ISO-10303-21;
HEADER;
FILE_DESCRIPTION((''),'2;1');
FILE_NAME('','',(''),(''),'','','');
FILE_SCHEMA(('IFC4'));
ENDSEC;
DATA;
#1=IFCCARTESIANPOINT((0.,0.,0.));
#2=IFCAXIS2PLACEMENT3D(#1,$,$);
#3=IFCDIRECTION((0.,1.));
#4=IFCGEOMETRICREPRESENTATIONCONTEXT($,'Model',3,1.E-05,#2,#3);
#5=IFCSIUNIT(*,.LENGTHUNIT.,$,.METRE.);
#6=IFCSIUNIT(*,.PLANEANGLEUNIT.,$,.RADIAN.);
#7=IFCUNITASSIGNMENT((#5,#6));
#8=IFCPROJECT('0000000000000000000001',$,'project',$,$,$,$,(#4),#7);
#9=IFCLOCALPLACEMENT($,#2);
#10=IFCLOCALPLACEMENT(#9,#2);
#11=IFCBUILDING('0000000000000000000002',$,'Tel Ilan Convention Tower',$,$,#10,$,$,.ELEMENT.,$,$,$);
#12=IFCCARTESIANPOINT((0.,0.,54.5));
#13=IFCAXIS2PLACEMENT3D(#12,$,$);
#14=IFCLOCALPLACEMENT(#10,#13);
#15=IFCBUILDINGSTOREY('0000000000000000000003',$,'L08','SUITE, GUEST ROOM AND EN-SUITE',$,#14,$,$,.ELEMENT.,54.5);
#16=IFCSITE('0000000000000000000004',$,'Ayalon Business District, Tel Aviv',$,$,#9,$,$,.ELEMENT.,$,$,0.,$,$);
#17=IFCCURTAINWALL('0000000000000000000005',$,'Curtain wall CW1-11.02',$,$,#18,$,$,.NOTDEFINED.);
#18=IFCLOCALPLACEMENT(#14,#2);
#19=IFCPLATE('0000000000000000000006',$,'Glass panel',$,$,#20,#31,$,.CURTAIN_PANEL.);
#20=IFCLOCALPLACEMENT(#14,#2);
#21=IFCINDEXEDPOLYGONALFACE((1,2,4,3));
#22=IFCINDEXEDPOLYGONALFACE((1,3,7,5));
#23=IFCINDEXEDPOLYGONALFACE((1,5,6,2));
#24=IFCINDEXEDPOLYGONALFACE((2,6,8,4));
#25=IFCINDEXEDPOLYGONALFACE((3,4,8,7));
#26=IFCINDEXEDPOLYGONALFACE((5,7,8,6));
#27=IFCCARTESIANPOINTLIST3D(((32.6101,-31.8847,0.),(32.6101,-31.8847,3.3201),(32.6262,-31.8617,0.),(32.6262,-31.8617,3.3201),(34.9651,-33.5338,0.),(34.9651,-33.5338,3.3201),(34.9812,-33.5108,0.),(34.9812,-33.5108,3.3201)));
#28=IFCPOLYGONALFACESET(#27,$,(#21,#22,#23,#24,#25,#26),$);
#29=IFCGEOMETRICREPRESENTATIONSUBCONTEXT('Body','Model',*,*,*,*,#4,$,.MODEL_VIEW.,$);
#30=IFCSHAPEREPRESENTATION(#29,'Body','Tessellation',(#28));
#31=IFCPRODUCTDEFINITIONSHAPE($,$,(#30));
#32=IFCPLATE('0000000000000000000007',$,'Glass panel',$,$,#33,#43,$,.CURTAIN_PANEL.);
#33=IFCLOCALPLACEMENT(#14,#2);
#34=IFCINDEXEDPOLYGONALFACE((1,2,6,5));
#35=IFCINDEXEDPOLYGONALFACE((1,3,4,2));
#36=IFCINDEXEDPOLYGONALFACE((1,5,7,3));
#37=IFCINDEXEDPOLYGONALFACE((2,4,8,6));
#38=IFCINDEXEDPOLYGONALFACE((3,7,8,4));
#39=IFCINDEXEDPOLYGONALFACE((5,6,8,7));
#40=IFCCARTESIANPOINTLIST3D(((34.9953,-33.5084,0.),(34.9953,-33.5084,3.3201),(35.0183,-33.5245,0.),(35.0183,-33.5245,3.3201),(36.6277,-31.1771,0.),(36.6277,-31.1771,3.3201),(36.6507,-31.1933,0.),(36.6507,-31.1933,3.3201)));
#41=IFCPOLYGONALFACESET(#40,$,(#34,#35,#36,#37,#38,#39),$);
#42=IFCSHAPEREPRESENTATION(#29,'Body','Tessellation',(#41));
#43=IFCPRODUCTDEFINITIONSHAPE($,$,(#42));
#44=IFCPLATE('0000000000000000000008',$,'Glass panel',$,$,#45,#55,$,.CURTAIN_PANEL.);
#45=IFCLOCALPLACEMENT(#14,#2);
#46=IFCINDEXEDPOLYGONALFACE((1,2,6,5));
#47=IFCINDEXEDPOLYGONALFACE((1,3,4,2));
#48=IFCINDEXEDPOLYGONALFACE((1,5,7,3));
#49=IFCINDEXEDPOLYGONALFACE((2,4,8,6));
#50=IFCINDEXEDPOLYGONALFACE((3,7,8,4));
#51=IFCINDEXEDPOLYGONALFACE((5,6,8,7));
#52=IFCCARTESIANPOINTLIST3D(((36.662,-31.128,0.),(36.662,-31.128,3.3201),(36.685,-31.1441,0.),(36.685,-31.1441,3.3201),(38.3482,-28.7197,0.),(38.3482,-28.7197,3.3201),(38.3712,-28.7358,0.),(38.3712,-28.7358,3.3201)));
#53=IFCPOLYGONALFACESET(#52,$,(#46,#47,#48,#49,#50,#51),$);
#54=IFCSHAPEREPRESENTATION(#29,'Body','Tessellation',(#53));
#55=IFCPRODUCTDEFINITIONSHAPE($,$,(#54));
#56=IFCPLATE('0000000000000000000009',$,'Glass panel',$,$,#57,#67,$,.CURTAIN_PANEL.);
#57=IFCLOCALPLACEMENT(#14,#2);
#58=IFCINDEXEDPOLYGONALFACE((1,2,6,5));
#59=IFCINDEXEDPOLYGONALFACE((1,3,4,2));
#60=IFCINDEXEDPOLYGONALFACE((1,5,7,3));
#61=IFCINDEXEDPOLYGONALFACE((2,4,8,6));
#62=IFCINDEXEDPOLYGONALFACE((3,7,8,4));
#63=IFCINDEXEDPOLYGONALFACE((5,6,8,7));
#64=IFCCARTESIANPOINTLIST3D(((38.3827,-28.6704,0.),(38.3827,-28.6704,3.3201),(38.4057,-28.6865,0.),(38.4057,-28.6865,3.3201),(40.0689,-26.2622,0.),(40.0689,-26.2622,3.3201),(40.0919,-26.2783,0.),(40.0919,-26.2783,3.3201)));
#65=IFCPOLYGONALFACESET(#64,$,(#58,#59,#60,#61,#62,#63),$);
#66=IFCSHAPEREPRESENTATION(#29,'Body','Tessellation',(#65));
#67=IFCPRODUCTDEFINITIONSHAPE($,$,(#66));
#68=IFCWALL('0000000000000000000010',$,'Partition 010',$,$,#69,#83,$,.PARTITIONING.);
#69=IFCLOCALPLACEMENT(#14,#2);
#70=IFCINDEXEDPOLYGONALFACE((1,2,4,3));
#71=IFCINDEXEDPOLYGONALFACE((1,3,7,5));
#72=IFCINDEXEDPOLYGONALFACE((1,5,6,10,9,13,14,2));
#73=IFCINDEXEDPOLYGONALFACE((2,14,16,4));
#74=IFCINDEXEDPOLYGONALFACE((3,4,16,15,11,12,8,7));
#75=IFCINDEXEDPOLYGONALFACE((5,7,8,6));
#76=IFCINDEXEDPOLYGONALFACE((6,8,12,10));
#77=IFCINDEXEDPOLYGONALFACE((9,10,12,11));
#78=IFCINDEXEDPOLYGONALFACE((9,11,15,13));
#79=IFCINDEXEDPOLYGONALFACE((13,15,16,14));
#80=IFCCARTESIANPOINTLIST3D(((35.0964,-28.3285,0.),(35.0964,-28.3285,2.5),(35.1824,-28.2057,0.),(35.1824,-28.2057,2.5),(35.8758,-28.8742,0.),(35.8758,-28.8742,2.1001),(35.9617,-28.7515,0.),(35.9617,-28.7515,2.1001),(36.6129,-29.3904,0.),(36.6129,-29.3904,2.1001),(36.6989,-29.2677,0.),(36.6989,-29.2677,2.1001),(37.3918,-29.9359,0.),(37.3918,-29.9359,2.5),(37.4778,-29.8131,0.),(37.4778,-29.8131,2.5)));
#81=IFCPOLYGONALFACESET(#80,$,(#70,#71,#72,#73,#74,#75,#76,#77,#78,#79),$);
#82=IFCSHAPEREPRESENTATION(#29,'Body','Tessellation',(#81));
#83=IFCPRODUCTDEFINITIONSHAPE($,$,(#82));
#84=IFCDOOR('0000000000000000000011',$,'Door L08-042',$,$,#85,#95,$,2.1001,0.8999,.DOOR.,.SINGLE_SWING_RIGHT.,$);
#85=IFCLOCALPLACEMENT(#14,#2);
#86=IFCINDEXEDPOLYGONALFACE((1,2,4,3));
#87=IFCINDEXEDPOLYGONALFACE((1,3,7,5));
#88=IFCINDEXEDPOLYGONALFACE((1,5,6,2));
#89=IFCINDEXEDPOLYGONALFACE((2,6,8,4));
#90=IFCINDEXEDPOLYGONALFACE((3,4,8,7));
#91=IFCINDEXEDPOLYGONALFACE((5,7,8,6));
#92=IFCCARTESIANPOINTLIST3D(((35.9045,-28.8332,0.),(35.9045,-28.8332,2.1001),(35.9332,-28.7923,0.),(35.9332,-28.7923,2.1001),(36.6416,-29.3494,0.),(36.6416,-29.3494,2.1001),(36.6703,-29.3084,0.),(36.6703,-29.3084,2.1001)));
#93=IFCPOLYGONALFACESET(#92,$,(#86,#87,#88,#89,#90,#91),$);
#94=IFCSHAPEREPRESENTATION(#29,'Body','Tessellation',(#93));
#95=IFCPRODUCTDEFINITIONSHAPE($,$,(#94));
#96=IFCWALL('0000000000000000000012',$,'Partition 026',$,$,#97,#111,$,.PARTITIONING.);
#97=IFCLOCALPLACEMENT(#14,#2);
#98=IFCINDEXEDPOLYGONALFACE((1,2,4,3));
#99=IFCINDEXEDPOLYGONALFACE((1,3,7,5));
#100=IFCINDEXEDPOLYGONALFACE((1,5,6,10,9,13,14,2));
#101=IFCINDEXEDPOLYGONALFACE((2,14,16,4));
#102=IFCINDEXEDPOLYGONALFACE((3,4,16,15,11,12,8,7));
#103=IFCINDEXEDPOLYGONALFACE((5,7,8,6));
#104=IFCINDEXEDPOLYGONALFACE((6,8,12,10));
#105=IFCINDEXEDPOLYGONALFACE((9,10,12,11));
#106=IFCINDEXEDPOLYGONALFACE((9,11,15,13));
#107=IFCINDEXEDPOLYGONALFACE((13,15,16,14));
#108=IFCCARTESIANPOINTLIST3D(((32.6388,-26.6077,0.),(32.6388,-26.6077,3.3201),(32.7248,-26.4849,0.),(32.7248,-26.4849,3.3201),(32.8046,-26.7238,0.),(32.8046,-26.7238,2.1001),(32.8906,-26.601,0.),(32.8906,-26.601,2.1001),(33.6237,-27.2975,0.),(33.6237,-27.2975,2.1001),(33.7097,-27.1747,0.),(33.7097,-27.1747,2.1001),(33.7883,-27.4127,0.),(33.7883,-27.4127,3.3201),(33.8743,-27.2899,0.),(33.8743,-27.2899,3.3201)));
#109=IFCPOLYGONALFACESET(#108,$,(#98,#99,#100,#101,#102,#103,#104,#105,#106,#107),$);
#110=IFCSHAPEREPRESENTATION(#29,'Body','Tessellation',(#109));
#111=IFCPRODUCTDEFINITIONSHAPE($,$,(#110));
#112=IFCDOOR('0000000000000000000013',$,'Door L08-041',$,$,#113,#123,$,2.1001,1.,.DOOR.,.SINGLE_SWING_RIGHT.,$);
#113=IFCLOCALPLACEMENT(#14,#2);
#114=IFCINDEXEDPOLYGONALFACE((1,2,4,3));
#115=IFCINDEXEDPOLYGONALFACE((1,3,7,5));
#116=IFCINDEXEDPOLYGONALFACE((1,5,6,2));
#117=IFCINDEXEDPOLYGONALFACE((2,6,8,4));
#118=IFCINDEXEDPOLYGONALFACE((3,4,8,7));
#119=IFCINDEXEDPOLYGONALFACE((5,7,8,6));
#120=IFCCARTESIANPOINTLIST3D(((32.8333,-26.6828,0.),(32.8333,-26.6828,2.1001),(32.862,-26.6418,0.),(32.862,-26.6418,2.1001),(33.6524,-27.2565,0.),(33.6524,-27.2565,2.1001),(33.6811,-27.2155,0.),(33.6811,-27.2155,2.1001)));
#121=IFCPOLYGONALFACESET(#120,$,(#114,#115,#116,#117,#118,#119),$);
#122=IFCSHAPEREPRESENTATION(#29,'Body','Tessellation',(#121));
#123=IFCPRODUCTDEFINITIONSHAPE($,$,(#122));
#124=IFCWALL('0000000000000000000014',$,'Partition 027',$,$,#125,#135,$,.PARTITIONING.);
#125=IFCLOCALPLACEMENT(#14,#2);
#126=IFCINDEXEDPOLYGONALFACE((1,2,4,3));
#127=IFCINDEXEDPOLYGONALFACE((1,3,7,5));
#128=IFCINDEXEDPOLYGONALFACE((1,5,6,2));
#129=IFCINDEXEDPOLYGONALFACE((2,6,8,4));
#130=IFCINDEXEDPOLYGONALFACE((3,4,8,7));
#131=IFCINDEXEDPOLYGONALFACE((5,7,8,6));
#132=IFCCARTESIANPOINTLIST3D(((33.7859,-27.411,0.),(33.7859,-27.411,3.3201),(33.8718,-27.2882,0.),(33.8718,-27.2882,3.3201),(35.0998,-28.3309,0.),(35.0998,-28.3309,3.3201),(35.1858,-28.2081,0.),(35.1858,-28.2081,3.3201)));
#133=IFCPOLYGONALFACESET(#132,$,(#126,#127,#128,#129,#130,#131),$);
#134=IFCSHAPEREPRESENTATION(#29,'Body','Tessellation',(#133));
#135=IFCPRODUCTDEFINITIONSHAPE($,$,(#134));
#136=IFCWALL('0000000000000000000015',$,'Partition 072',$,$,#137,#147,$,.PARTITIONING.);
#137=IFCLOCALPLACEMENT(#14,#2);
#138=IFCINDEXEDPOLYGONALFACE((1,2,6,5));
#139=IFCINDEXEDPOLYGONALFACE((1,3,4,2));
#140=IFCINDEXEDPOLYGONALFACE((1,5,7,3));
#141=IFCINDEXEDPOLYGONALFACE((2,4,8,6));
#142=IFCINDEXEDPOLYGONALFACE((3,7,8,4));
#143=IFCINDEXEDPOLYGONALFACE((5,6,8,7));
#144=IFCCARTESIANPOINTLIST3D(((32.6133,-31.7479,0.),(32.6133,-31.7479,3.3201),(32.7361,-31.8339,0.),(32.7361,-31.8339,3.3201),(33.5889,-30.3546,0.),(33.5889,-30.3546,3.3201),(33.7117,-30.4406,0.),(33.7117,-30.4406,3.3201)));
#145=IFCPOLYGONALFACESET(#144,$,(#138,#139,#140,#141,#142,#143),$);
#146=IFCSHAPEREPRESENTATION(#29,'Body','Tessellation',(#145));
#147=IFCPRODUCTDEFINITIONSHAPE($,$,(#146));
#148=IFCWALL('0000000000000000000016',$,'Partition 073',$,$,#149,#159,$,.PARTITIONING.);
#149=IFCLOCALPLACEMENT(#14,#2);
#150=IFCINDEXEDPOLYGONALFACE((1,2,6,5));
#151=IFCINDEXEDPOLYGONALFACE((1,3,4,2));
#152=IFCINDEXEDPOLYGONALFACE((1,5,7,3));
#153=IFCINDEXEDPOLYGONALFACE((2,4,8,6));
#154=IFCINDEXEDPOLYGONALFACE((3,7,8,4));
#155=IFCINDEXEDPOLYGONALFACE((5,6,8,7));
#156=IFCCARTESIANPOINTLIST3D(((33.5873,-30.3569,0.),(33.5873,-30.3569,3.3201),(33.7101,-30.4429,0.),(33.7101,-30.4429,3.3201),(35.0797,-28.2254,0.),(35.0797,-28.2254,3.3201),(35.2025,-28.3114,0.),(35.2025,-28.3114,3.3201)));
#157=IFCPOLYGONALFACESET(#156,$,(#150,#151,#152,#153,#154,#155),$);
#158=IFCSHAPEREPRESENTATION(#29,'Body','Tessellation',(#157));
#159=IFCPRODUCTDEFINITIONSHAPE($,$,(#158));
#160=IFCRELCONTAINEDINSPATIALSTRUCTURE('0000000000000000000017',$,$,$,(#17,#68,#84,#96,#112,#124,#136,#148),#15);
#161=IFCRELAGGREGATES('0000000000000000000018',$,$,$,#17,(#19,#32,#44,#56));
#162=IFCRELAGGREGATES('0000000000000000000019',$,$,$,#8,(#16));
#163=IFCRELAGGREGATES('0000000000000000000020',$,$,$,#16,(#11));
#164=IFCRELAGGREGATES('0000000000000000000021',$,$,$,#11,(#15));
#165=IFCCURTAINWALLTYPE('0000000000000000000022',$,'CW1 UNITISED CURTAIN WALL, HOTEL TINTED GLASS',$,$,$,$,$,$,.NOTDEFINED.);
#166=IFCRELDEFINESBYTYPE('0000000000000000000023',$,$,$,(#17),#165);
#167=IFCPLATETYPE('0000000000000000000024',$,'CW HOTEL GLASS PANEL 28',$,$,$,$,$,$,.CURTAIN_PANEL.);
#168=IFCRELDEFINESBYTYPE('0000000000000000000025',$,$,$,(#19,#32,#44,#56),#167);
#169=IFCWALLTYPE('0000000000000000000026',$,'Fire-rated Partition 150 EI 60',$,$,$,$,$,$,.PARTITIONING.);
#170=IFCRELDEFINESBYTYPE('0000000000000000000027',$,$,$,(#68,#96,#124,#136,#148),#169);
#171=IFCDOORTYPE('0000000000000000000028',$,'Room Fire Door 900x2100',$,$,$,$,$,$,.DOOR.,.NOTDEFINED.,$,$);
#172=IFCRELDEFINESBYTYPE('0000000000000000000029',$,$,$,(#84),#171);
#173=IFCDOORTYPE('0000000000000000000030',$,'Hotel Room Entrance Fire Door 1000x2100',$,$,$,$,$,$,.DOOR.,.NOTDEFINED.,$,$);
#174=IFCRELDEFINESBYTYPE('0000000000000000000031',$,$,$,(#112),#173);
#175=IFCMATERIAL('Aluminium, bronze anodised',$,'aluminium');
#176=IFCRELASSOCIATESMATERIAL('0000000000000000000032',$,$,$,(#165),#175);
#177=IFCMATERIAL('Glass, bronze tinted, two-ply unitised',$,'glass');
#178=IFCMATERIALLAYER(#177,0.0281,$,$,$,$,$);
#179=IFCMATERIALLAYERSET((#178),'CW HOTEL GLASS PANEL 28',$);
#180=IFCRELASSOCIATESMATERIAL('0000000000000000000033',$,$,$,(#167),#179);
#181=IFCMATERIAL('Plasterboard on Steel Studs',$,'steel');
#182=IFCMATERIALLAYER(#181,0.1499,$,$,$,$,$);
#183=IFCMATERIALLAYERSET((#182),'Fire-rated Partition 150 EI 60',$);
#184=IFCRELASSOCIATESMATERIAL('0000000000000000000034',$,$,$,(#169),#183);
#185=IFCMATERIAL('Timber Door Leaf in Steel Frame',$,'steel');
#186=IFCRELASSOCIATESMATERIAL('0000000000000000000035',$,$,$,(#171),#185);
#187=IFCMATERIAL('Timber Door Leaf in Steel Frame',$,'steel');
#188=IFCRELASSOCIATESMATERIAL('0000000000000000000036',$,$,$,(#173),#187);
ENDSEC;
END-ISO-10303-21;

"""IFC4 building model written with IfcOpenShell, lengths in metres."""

from ifc_helpers import new_model, si_unit, direction, frame, frame_2d, origin, origin_2d, place, context, subcontext, project, spatial, rectangle, extrude, material, layer, layer_set, type_object, element, fill, aggregate, save


model = new_model("IFC4")

# Units and contexts
model_context = context("Model", 3, precision=1e-05, world=origin(), true_north=direction((0.0, 1.0)))
body_context = subcontext(model_context, "Body", "Model", "MODEL_VIEW")
ifc_project = project(units=[si_unit("LENGTHUNIT", "METRE"), si_unit("PLANEANGLEUNIT", "RADIAN")], contexts=[model_context])

# Site, building, storey
site_placement = place(None, origin())
site = spatial("IfcSite", under=ifc_project, at=site_placement, Name="Ayalon Business District, Tel Aviv", CompositionType="ELEMENT", RefElevation=0.0)
building_placement = place(site_placement, origin())
building = spatial("IfcBuilding", under=site, at=building_placement, Name="Tel Ilan Convention Tower", CompositionType="ELEMENT")
storey_placement = place(building_placement, frame((0.0, 0.0, 54.5)))
storey = spatial("IfcBuildingStorey", under=building, at=storey_placement, Name="L08", Description="SUITE, GUEST ROOM AND EN-SUITE", CompositionType="ELEMENT", Elevation=54.5)

# Curtain wall, plates
ifc_material_1 = material(Name="Aluminium, bronze anodised", Category="aluminium")
curtain_wall_type = type_object("IfcCurtainWallType", Name="CW1 UNITISED CURTAIN WALL, HOTEL TINTED GLASS", PredefinedType="NOTDEFINED", material=ifc_material_1)
curtain_wall_placement = place(storey_placement, origin())
curtain_wall = element("IfcCurtainWall", 1, at=curtain_wall_placement, inside=storey, type_object=curtain_wall_type, Name="Curtain wall CW1-11.02", PredefinedType="NOTDEFINED")
ifc_material_2 = material(Name="Glass, bronze tinted, two-ply unitised", Category="glass")
ifc_layer_1 = layer(ifc_material_2, 0.0281)
ifc_layer_set_1 = layer_set([ifc_layer_1], Name="CW HOTEL GLASS PANEL 28")
plate_type = type_object("IfcPlateType", Name="CW HOTEL GLASS PANEL 28", PredefinedType="CURTAIN_PANEL", material=ifc_layer_set_1)
plate_1_placement = place(storey_placement, frame((33.7957, -32.6978, 0.0), z_axis=(0.0, 0.0, 1.0), x_axis=(0.819152, -0.573576, 0.0)))
plate_1 = element("IfcPlate", 2, at=plate_1_placement, type_object=plate_type, Name="Glass panel", PredefinedType="CURTAIN_PANEL", context=body_context, shape_type="SweptSolid", body=[
    extrude(rectangle(XDim=2.875, YDim=0.0281, at=origin_2d()), origin(), (0.0, 0.0, 1.0), 3.3201),
])
plate_2_placement = place(storey_placement, frame((35.823, -32.3508, 0.0), z_axis=(0.0, 0.0, 1.0), x_axis=(0.573576, 0.819152, 0.0)))
plate_2 = element("IfcPlate", 3, at=plate_2_placement, type_object=plate_type, Name="Glass panel", PredefinedType="CURTAIN_PANEL", context=body_context, shape_type="SweptSolid", body=[
    extrude(rectangle(XDim=2.8459, YDim=0.0281, at=origin_2d()), origin(), (0.0, 0.0, 1.0), 3.3201),
])
plate_3_placement = place(storey_placement, frame((37.5166, -29.9319, 0.0), z_axis=(0.0, 0.0, 1.0), x_axis=(0.573576, 0.819152, 0.0)))
plate_3 = element("IfcPlate", 4, at=plate_3_placement, type_object=plate_type, Name="Glass panel", PredefinedType="CURTAIN_PANEL", context=body_context, shape_type="SweptSolid", body=[
    extrude(rectangle(XDim=2.9399, YDim=0.0281, at=origin_2d()), origin(), (0.0, 0.0, 1.0), 3.3201),
])
plate_4_placement = place(storey_placement, frame((39.2373, -27.4744, 0.0), z_axis=(0.0, 0.0, 1.0), x_axis=(0.573576, 0.819152, 0.0)))
plate_4 = element("IfcPlate", 5, at=plate_4_placement, type_object=plate_type, Name="Glass panel", PredefinedType="CURTAIN_PANEL", context=body_context, shape_type="SweptSolid", body=[
    extrude(rectangle(XDim=2.9399, YDim=0.0281, at=origin_2d()), origin(), (0.0, 0.0, 1.0), 3.3201),
])
aggregate(curtain_wall, [plate_1, plate_2, plate_3, plate_4])

# Walls, openings, doors
ifc_material_3 = material(Name="Plasterboard on Steel Studs", Category="steel")
ifc_layer_2 = layer(ifc_material_3, 0.1499)
ifc_layer_set_2 = layer_set([ifc_layer_2], Name="Fire-rated Partition 150 EI 60")
wall_type_1 = type_object("IfcWallType", Name="Fire-rated Partition 150 EI 60", PredefinedType="PARTITIONING", material=ifc_layer_set_2)
wall_1_placement = place(storey_placement, frame((37.4348, -29.8745, 0.0), z_axis=(0.0, 0.0, 1.0), x_axis=(-0.819125, 0.573614, 0.0)))
wall_1 = element("IfcWall", 6, at=wall_1_placement, inside=storey, type_object=wall_type_1, Name="Partition 010", PredefinedType="PARTITIONING", context=body_context, shape_type="SweptSolid", body=[
    extrude(rectangle(XDim=2.8022, YDim=0.1499, at=frame_2d((1.4011, 0.0))), origin(), (0.0, 0.0, 1.0), 2.5),
])
opening_1_placement = place(wall_1_placement, frame((0.9509, 0.0, 0.0)))
opening_1 = element("IfcOpeningElement", 7, at=opening_1_placement, cuts=wall_1, PredefinedType="OPENING", context=body_context, shape_type="SweptSolid", body=[
    extrude(rectangle(XDim=0.8999, YDim=2.1001, at=frame_2d((0.45, 1.05))), frame((0.0, 0.085, 0.0), z_axis=(0.0, -1.0, 0.0), x_axis=(1.0, 0.0, 0.0)), (0.0, 0.0, 1.0), 0.1699),
])
ifc_material_4 = material(Name="Timber Door Leaf in Steel Frame", Category="steel")
door_type_1 = type_object("IfcDoorType", Name="Room Fire Door 900x2100", OperationType="NOTDEFINED", PredefinedType="DOOR", material=ifc_material_4)
door_1_placement = place(opening_1_placement, origin())
door_1 = element("IfcDoor", 8, at=door_1_placement, inside=storey, type_object=door_type_1, Name="Door L08-042", OperationType="SINGLE_SWING_RIGHT", OverallHeight=2.1001, OverallWidth=0.8999, PredefinedType="DOOR", context=body_context, shape_type="SweptSolid", body=[
    extrude(rectangle(XDim=0.8999, YDim=2.1001, at=frame_2d((0.45, 1.05))), frame((0.0, 0.0249, 0.0), z_axis=(0.0, -1.0, 0.0), x_axis=(1.0, 0.0, 0.0)), (0.0, 0.0, 1.0), 0.05),
])
fill(opening_1, door_1)
wall_2_placement = place(storey_placement, frame((33.8313, -27.3513, 0.0), z_axis=(0.0, 0.0, 1.0), x_axis=(-0.819117, 0.573626, 0.0)))
wall_2 = element("IfcWall", 9, at=wall_2_placement, inside=storey, type_object=wall_type_1, Name="Partition 026", PredefinedType="PARTITIONING", context=body_context, shape_type="SweptSolid", body=[
    extrude(rectangle(XDim=1.4033, YDim=0.1499, at=frame_2d((0.7017, 0.0))), origin(), (0.0, 0.0, 1.0), 3.3201),
])
opening_2_placement = place(wall_2_placement, frame((0.2009, 0.0, 0.0)))
opening_2 = element("IfcOpeningElement", 10, at=opening_2_placement, cuts=wall_2, PredefinedType="OPENING", context=body_context, shape_type="SweptSolid", body=[
    extrude(rectangle(XDim=1.0, YDim=2.1001, at=frame_2d((0.5, 1.05))), frame((0.0, 0.085, 0.0), z_axis=(0.0, -1.0, 0.0), x_axis=(1.0, 0.0, 0.0)), (0.0, 0.0, 1.0), 0.1699),
])
ifc_material_5 = material(Name="Timber Door Leaf in Steel Frame", Category="steel")
door_type_2 = type_object("IfcDoorType", Name="Hotel Room Entrance Fire Door 1000x2100", OperationType="NOTDEFINED", PredefinedType="DOOR", material=ifc_material_5)
door_2_placement = place(opening_2_placement, origin())
door_2 = element("IfcDoor", 11, at=door_2_placement, inside=storey, type_object=door_type_2, Name="Door L08-041", OperationType="SINGLE_SWING_RIGHT", OverallHeight=2.1001, OverallWidth=1.0, PredefinedType="DOOR", context=body_context, shape_type="SweptSolid", body=[
    extrude(rectangle(XDim=1.0, YDim=2.1001, at=frame_2d((0.5, 1.05))), frame((0.0, 0.0249, 0.0), z_axis=(0.0, -1.0, 0.0), x_axis=(1.0, 0.0, 0.0)), (0.0, 0.0, 1.0), 0.05),
])
fill(opening_2, door_2)

# Walls
wall_3_placement = place(storey_placement, frame((35.1428, -28.2695, 0.0), z_axis=(0.0, 0.0, 1.0), x_axis=(-0.819189, 0.573524, 0.0)))
element("IfcWall", 12, at=wall_3_placement, inside=storey, type_object=wall_type_1, Name="Partition 027", PredefinedType="PARTITIONING", context=body_context, shape_type="SweptSolid", body=[
    extrude(rectangle(XDim=1.604, YDim=0.1499, at=frame_2d((0.802, 0.0))), origin(), (0.0, 0.0, 1.0), 3.3201),
])
wall_4_placement = place(storey_placement, frame((33.6504, -30.3975, 0.0), z_axis=(0.0, 0.0, 1.0), x_axis=(-0.573568, -0.819158, 0.0)))
element("IfcWall", 13, at=wall_4_placement, inside=storey, type_object=wall_type_1, Name="Partition 072", PredefinedType="PARTITIONING", context=body_context, shape_type="SweptSolid", body=[
    extrude(rectangle(XDim=1.7009, YDim=0.1499, at=frame_2d((0.8506, 0.0))), origin(), (0.0, 0.0, 1.0), 3.3201),
])
wall_5_placement = place(storey_placement, frame((33.6487, -30.3999, 0.0), z_axis=(0.0, 0.0, 1.0), x_axis=(0.573544, 0.819175, 0.0)))
element("IfcWall", 14, at=wall_5_placement, inside=storey, type_object=wall_type_1, Name="Partition 073", PredefinedType="PARTITIONING", context=body_context, shape_type="SweptSolid", body=[
    extrude(rectangle(XDim=2.6021, YDim=0.1499, at=frame_2d((1.301, 0.0))), origin(), (0.0, 0.0, 1.0), 3.3201),
])

save(model, "model.ifc")
